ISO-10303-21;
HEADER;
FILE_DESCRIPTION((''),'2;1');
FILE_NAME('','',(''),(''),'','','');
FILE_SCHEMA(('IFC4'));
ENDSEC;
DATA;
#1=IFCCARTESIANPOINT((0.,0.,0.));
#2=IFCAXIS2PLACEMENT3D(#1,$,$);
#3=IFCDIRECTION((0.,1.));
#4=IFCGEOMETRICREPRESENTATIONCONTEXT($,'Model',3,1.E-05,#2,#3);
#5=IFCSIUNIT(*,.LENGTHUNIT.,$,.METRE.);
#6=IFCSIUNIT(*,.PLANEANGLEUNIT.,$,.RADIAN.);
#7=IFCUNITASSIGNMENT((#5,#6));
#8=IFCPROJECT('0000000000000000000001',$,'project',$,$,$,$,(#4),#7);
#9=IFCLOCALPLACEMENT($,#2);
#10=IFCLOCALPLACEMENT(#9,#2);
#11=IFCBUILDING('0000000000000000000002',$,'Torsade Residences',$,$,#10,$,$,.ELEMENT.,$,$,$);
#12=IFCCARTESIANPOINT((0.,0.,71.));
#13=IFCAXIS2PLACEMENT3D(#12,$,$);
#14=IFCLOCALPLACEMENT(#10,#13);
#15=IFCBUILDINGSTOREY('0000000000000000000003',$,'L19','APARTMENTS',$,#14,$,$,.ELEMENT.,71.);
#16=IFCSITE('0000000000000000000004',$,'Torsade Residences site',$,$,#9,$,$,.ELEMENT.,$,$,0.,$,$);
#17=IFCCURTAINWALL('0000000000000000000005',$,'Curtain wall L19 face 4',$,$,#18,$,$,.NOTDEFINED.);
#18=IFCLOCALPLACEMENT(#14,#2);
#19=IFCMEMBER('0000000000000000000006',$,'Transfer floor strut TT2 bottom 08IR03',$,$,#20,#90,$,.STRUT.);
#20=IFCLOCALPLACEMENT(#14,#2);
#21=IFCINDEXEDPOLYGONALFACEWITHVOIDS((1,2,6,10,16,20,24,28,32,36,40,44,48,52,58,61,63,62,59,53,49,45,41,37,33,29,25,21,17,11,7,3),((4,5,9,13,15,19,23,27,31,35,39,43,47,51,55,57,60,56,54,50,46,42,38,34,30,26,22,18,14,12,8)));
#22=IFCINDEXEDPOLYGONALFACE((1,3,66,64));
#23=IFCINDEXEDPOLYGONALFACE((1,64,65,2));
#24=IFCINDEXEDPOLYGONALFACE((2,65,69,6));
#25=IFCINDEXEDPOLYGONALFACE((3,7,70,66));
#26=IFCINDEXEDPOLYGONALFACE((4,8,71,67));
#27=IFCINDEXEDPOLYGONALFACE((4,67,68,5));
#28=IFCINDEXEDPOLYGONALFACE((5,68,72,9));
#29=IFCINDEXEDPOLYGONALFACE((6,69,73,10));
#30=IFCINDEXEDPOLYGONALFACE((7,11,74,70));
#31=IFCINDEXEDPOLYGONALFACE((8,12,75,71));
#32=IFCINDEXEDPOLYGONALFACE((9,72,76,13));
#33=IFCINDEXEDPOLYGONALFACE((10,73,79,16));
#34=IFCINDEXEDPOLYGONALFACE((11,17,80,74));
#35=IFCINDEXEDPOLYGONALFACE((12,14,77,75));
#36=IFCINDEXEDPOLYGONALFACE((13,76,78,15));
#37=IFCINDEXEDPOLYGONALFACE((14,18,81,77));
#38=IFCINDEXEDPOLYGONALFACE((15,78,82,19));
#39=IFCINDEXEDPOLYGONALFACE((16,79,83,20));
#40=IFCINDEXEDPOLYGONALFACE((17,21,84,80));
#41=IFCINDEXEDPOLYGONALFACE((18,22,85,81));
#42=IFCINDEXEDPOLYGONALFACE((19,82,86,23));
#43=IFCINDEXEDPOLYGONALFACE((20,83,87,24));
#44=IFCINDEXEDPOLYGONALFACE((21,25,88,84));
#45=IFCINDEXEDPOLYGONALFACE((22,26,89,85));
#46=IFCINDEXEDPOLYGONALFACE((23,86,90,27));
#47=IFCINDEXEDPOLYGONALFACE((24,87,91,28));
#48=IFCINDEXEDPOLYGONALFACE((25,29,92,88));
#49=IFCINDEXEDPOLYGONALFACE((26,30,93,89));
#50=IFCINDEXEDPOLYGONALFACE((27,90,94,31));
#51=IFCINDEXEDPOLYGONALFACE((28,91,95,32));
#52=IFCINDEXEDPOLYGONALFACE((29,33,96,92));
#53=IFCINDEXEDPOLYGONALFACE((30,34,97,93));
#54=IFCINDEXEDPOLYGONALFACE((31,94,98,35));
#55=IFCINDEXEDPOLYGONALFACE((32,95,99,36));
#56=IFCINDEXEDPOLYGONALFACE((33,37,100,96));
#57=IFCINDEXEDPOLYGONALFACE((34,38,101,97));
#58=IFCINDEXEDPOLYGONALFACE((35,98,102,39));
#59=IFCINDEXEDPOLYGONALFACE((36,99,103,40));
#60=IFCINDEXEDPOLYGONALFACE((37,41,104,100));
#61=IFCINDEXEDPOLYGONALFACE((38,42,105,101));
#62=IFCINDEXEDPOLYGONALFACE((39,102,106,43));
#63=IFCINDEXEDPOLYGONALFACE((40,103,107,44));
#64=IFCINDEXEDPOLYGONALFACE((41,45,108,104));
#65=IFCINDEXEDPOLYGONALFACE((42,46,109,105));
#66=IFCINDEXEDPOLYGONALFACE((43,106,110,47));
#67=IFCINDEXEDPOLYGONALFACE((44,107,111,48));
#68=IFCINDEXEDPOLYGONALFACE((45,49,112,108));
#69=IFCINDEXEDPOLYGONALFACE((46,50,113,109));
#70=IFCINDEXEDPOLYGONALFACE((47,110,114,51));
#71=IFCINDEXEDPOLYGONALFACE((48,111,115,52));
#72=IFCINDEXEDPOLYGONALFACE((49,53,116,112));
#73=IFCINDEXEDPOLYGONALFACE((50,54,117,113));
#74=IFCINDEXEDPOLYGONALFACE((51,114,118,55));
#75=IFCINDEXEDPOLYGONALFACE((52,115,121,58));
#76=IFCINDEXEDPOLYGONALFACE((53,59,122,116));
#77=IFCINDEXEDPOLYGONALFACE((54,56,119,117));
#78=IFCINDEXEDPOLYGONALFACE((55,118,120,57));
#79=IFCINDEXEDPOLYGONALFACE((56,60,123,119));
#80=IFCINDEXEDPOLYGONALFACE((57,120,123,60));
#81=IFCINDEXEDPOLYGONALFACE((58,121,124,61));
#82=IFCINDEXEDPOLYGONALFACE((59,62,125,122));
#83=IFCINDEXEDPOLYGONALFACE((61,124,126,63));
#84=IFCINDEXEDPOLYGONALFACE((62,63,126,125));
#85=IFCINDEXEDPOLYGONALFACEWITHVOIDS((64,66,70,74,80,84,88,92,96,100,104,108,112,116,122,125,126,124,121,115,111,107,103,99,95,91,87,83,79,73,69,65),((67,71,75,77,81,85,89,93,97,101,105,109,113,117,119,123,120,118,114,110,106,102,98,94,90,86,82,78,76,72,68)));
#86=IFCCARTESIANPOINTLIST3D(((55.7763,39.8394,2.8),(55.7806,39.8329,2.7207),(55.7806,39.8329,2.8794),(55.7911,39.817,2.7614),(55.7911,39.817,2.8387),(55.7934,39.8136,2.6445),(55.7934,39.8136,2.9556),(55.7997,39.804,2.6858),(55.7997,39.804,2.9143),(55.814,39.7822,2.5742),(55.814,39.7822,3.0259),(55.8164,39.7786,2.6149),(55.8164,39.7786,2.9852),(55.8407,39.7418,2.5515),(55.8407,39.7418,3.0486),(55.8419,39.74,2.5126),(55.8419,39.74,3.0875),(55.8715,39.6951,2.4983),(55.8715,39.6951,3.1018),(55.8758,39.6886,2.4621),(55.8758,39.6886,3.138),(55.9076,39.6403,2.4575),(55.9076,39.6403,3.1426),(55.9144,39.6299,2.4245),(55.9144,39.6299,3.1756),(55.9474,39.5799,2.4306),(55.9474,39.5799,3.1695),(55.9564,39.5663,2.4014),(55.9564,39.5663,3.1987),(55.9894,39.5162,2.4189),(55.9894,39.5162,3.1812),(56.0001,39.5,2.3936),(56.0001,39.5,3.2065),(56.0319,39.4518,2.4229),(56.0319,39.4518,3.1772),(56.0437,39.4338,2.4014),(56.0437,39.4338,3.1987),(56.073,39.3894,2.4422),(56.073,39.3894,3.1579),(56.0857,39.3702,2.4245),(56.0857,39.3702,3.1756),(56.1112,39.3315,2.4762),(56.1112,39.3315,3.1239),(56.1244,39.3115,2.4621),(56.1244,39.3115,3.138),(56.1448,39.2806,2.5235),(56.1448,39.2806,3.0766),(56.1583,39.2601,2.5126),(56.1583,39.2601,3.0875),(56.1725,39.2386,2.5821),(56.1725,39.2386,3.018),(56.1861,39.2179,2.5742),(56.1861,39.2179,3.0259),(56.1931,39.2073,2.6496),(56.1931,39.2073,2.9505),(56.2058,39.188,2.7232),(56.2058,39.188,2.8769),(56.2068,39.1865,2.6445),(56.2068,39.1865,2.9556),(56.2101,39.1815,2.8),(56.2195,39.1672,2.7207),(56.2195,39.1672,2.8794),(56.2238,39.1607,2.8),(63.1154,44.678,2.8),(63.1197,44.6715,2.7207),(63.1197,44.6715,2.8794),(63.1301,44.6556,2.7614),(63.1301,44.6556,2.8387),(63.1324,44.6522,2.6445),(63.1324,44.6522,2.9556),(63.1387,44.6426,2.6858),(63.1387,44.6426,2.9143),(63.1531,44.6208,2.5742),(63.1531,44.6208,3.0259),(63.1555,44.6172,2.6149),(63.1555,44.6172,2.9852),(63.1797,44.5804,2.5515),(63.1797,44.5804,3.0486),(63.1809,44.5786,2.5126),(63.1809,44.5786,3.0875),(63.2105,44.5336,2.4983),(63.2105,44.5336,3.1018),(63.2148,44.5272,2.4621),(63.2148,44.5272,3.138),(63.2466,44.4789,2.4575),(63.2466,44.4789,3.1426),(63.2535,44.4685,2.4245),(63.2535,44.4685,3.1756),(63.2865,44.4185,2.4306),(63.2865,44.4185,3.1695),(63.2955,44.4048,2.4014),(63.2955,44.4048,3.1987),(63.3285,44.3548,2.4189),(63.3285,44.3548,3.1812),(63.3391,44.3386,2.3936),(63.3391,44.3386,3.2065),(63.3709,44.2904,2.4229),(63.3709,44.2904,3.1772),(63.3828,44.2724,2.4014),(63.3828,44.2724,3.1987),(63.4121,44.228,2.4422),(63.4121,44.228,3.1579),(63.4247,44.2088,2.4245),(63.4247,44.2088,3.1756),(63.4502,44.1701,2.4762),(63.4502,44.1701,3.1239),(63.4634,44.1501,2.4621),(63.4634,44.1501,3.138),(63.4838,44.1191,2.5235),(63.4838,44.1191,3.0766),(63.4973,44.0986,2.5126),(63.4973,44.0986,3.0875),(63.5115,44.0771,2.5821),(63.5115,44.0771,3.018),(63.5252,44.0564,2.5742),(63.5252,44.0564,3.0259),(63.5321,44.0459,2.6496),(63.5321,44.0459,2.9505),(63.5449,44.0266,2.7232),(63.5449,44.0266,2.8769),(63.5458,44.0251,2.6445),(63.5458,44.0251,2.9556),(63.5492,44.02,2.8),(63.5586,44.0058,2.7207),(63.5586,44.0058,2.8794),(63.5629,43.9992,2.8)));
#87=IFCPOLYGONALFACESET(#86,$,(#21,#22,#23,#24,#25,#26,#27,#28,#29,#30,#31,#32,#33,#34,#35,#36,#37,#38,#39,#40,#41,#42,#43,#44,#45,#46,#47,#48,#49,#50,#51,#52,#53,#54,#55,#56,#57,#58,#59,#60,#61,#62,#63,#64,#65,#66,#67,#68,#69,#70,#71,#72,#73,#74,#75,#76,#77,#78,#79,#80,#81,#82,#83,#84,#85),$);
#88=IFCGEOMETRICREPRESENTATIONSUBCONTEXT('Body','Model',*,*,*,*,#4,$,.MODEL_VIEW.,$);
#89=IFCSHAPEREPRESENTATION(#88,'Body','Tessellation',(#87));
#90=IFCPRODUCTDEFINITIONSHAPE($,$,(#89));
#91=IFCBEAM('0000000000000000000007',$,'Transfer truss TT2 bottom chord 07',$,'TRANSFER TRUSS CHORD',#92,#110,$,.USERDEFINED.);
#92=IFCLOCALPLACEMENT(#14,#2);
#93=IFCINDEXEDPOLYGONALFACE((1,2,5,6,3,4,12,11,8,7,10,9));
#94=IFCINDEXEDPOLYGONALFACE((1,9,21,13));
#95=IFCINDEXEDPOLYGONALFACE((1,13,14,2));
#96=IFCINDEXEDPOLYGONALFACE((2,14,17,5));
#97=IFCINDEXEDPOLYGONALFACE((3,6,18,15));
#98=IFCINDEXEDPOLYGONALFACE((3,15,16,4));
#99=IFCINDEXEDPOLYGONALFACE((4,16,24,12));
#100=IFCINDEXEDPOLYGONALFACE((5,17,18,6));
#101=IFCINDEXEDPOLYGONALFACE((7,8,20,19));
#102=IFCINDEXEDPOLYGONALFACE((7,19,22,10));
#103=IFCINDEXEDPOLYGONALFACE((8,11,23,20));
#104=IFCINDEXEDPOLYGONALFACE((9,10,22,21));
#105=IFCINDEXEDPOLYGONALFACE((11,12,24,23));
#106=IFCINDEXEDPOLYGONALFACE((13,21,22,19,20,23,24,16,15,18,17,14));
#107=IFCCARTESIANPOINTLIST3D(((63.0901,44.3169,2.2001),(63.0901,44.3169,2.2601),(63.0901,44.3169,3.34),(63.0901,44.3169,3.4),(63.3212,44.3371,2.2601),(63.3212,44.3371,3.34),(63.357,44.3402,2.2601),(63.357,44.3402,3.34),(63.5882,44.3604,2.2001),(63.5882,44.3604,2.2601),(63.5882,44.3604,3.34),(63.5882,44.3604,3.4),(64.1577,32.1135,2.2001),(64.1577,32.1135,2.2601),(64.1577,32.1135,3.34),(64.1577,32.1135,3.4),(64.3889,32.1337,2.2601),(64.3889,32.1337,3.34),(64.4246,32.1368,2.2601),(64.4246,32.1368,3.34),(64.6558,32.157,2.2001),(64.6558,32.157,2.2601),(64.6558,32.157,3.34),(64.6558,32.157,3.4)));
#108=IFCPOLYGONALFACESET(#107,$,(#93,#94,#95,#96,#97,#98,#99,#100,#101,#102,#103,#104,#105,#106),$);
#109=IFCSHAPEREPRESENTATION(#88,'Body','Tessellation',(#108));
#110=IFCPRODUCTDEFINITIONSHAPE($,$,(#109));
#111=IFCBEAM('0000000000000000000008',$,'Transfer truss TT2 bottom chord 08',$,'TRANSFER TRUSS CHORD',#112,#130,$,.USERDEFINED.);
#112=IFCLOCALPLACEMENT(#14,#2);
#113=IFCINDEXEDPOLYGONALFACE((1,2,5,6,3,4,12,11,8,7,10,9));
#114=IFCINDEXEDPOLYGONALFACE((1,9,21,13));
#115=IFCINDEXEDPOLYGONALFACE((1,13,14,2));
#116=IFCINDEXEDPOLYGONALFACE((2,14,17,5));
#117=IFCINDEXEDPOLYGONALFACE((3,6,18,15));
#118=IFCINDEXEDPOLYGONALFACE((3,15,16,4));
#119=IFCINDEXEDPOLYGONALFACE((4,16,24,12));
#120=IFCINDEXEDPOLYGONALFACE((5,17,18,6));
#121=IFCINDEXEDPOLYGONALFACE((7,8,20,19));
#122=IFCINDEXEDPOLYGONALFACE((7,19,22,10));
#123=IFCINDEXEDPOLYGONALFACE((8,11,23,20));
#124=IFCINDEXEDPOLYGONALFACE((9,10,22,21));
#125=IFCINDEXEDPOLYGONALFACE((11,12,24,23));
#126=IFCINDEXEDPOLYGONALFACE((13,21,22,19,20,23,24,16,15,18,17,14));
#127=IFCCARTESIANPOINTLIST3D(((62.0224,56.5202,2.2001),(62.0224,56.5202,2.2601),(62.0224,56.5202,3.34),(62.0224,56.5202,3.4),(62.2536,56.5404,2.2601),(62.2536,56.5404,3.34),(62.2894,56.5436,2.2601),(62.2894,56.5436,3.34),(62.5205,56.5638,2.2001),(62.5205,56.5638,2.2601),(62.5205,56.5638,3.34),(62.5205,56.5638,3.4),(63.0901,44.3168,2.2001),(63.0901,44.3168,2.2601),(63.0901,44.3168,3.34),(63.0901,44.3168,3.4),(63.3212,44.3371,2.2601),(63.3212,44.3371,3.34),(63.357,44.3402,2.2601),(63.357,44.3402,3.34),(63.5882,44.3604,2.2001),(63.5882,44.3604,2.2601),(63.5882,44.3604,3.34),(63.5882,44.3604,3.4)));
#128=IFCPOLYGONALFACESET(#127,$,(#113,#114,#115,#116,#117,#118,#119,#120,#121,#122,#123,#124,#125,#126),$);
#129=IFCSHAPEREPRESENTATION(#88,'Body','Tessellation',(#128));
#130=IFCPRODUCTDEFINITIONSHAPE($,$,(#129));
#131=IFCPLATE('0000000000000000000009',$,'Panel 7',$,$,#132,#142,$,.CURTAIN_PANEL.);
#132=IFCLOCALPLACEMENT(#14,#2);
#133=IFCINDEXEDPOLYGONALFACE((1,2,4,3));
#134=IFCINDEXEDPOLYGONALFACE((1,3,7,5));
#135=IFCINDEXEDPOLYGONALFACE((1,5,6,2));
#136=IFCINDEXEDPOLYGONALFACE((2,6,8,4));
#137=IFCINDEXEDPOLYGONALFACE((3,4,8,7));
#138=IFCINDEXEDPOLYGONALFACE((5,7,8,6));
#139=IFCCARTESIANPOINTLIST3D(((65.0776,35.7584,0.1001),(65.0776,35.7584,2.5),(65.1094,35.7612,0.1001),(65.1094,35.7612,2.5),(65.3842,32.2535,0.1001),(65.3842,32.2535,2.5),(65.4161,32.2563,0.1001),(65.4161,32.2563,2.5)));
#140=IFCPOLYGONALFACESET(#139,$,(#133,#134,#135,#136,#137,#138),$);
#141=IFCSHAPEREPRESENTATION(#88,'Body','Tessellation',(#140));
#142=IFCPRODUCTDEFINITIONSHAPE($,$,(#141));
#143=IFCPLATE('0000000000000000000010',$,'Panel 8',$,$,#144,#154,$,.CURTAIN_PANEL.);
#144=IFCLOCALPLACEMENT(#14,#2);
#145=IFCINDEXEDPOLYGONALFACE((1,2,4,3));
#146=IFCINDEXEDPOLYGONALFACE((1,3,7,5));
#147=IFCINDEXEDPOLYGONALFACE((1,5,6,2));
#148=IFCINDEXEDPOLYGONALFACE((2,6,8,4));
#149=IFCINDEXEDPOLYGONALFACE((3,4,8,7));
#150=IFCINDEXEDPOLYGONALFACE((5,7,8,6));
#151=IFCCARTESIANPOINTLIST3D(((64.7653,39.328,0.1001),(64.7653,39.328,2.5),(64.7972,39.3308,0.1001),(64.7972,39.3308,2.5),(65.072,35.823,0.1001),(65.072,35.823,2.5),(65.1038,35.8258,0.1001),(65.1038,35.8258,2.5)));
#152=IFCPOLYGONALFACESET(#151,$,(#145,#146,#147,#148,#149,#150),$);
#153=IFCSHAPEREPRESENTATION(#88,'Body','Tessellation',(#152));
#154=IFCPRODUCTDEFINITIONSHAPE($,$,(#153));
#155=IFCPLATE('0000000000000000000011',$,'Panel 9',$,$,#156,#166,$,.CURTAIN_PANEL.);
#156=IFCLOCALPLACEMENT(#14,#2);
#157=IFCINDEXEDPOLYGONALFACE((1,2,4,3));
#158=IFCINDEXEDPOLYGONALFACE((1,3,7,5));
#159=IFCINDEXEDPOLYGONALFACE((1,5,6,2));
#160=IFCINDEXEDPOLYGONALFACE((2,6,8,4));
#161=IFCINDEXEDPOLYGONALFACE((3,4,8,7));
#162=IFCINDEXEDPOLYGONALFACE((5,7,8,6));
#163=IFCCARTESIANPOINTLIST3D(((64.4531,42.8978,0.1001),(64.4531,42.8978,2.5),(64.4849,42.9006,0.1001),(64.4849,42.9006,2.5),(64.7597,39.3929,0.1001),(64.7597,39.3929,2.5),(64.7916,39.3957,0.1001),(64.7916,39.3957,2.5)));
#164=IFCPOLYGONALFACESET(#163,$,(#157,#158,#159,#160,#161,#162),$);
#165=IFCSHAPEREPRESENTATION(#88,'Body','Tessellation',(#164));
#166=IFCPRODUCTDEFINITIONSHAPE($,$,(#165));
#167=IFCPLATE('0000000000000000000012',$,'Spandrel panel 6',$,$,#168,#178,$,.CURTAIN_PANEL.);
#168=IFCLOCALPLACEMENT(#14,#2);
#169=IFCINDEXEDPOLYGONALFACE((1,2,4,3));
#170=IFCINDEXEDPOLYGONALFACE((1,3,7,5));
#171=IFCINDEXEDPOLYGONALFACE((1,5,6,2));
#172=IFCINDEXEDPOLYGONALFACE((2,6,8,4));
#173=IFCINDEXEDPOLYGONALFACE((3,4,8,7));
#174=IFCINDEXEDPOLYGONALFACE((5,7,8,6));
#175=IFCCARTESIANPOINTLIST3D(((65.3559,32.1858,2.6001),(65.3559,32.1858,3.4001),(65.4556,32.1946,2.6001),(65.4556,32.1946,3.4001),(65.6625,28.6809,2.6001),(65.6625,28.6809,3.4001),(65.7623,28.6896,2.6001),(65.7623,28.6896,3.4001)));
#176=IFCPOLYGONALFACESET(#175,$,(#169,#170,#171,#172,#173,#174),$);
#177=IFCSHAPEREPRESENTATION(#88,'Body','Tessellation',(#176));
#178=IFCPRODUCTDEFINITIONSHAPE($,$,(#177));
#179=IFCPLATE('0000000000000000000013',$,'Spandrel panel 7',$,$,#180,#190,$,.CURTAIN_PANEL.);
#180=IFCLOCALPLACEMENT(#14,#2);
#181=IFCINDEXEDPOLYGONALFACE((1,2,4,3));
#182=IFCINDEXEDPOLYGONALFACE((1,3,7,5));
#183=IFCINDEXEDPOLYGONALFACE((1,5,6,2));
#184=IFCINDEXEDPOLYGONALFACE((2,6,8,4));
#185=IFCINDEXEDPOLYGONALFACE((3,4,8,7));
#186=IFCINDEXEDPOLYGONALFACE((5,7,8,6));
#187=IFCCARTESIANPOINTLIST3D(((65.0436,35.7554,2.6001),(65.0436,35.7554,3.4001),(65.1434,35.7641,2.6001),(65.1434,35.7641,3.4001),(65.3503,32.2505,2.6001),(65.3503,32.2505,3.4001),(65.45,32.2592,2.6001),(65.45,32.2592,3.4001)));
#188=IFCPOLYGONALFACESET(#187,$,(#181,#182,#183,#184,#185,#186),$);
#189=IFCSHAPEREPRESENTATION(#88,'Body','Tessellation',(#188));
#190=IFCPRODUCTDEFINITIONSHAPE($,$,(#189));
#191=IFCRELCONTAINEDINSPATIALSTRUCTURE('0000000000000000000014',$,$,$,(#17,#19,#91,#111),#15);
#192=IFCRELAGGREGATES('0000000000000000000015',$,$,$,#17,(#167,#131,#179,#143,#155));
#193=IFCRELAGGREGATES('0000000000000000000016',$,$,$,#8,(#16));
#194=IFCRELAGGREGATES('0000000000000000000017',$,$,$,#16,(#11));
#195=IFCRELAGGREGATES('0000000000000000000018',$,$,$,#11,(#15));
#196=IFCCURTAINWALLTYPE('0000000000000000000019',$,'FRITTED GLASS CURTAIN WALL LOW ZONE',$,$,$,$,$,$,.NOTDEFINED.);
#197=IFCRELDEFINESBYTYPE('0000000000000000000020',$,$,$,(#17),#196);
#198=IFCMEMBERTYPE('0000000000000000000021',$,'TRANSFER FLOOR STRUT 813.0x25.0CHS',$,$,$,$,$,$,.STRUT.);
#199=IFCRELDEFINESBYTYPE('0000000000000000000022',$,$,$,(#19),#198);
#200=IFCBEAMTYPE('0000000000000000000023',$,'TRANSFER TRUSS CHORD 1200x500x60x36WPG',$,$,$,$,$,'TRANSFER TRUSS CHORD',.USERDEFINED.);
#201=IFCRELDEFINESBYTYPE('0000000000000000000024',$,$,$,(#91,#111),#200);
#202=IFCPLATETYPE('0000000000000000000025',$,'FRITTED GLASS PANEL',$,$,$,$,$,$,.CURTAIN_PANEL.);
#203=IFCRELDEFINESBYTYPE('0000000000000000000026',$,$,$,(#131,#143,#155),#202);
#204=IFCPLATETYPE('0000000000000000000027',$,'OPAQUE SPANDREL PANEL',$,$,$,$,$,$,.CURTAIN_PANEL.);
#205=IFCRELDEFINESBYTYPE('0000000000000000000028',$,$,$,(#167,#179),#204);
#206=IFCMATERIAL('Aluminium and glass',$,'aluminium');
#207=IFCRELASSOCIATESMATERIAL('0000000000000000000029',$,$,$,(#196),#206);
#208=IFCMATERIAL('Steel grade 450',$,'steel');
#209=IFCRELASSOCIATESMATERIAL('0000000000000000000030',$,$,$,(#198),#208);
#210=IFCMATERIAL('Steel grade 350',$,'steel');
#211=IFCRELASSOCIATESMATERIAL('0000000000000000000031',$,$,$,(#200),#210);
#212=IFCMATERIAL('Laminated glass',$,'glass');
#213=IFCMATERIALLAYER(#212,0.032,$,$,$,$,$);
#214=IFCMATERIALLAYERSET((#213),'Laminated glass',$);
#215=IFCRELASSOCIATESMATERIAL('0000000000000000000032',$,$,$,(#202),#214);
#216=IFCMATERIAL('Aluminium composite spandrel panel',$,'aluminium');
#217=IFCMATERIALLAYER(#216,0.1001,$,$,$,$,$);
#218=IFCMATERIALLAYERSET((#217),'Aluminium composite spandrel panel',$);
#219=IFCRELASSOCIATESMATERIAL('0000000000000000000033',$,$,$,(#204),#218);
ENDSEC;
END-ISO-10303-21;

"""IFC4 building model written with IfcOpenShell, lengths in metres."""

from ifc_helpers import new_model, si_unit, direction, frame, origin, origin_2d, place, context, subcontext, project, spatial, rectangle, hollow_circle, i_section, extrude, material, layer, layer_set, material_profile, profile_set, type_object, element, aggregate, save


model = new_model("IFC4")

# Units and contexts
model_context = context("Model", 3, precision=1e-05, world=origin(), true_north=direction((0.0, 1.0)))
body_context = subcontext(model_context, "Body", "Model", "MODEL_VIEW")
ifc_project = project(units=[si_unit("LENGTHUNIT", "METRE"), si_unit("PLANEANGLEUNIT", "RADIAN")], contexts=[model_context])

# Site, building, storey
site_placement = place(None, origin())
site = spatial("IfcSite", under=ifc_project, at=site_placement, Name="Torsade Residences site", CompositionType="ELEMENT", RefElevation=0.0)
building_placement = place(site_placement, origin())
building = spatial("IfcBuilding", under=site, at=building_placement, Name="Torsade Residences", CompositionType="ELEMENT")
storey_placement = place(building_placement, frame((0.0, 0.0, 71.0)))
storey = spatial("IfcBuildingStorey", under=building, at=storey_placement, Name="L19", Description="APARTMENTS", CompositionType="ELEMENT", Elevation=71.0)

# Curtain wall
ifc_material_1 = material(Name="Aluminium and glass", Category="aluminium")
curtain_wall_type = type_object("IfcCurtainWallType", Name="FRITTED GLASS CURTAIN WALL LOW ZONE", PredefinedType="NOTDEFINED", material=ifc_material_1)
curtain_wall_placement = place(storey_placement, origin())
curtain_wall = element("IfcCurtainWall", 1, at=curtain_wall_placement, inside=storey, type_object=curtain_wall_type, Name="Curtain wall L19 face 4", PredefinedType="NOTDEFINED")

# Member
ifc_material_2 = material(Name="Steel grade 450", Category="steel")
ifc_material_profile_1 = material_profile(ifc_material_2, hollow_circle(Radius=0.4065, WallThickness=0.0249, at=origin_2d()), Name="813.0x25.0CHS")
ifc_profile_set_1 = profile_set([ifc_material_profile_1], Name="Steel grade 450")
member_type_1 = type_object("IfcMemberType", Name="TRANSFER FLOOR STRUT 813.0x25.0CHS", PredefinedType="STRUT", material=ifc_profile_set_1)
member_1_placement = place(storey_placement, frame((63.3391, 44.3386, 2.8), z_axis=(-0.834881, -0.550431, 0.0), x_axis=(0.550431, -0.834881, 0.0)))
element("IfcMember", 2, at=member_1_placement, inside=storey, type_object=member_type_1, Name="Transfer floor strut TT2 bottom 08IR03", PredefinedType="STRUT", context=body_context, shape_type="SweptSolid", body=[
    extrude(hollow_circle(Radius=0.4065, WallThickness=0.0249, at=origin_2d()), origin(), (0.0, 0.0, 1.0), 8.7905),
])

# Beams
ifc_material_3 = material(Name="Steel grade 350", Category="steel")
ifc_material_profile_2 = material_profile(ifc_material_3, i_section(OverallWidth=0.5, OverallDepth=1.2, WebThickness=0.0359, FlangeThickness=0.0601, at=origin_2d()), Name="1200x500x60x36WPG")
ifc_profile_set_2 = profile_set([ifc_material_profile_2], Name="Steel grade 350")
beam_type_1 = type_object("IfcBeamType", Name="TRANSFER TRUSS CHORD 1200x500x60x36WPG", ElementType="TRANSFER TRUSS CHORD", PredefinedType="USERDEFINED", material=ifc_profile_set_2)
for number, where, z_axis, x_axis, name in (
    (3, (64.4067, 32.1353, 2.8), (-0.087153, 0.996195, 0.0), (-0.996195, -0.087153, 0.0), "Transfer truss TT2 bottom chord 07"),
    (4, (63.3391, 44.3386, 2.8), (-0.087153, 0.996195, 0.0), (-0.996195, -0.087153, 0.0), "Transfer truss TT2 bottom chord 08"),
):
    element("IfcBeam", number, at=place(storey_placement, frame(where, z_axis=z_axis, x_axis=x_axis)), inside=storey, type_object=beam_type_1, Name=name, ObjectType="TRANSFER TRUSS CHORD", PredefinedType="USERDEFINED", context=body_context, shape_type="SweptSolid", body=[
        extrude(i_section(OverallWidth=0.5, OverallDepth=1.2, WebThickness=0.0359, FlangeThickness=0.0601, at=origin_2d()), origin(), (0.0, 0.0, 1.0), 12.25),
    ])

# Plates
ifc_material_4 = material(Name="Laminated glass", Category="glass")
ifc_layer_1 = layer(ifc_material_4, 0.032)
ifc_layer_set_1 = layer_set([ifc_layer_1], Name="Laminated glass")
plate_type_1 = type_object("IfcPlateType", Name="FRITTED GLASS PANEL", PredefinedType="CURTAIN_PANEL", material=ifc_layer_set_1)
plate_1_placement = place(storey_placement, frame((65.2468, 34.0073, 0.1001), z_axis=(0.0, 0.0, 1.0), x_axis=(-0.087156, 0.996195, 0.0)))
plate_1 = element("IfcPlate", 5, at=plate_1_placement, type_object=plate_type_1, Name="Panel 7", PredefinedType="CURTAIN_PANEL", context=body_context, shape_type="SweptSolid", body=[
    extrude(rectangle(XDim=3.5183, YDim=0.032, at=origin_2d()), origin(), (0.0, 0.0, 1.0), 2.3999),
])
plate_2_placement = place(storey_placement, frame((64.9346, 37.5769, 0.1001), z_axis=(0.0, 0.0, 1.0), x_axis=(-0.087156, 0.996195, 0.0)))
plate_2 = element("IfcPlate", 6, at=plate_2_placement, type_object=plate_type_1, Name="Panel 8", PredefinedType="CURTAIN_PANEL", context=body_context, shape_type="SweptSolid", body=[
    extrude(rectangle(XDim=3.5183, YDim=0.032, at=origin_2d()), origin(), (0.0, 0.0, 1.0), 2.3999),
])
plate_3_placement = place(storey_placement, frame((64.6223, 41.1467, 0.1001), z_axis=(0.0, 0.0, 1.0), x_axis=(-0.087156, 0.996195, 0.0)))
plate_3 = element("IfcPlate", 7, at=plate_3_placement, type_object=plate_type_1, Name="Panel 9", PredefinedType="CURTAIN_PANEL", context=body_context, shape_type="SweptSolid", body=[
    extrude(rectangle(XDim=3.5183, YDim=0.032, at=origin_2d()), origin(), (0.0, 0.0, 1.0), 2.3999),
])
ifc_material_5 = material(Name="Aluminium composite spandrel panel", Category="aluminium")
ifc_layer_2 = layer(ifc_material_5, 0.1001)
ifc_layer_set_2 = layer_set([ifc_layer_2], Name="Aluminium composite spandrel panel")
plate_type_2 = type_object("IfcPlateType", Name="OPAQUE SPANDREL PANEL", PredefinedType="CURTAIN_PANEL", material=ifc_layer_set_2)
plate_4_placement = place(storey_placement, frame((65.5591, 30.4377, 2.6001), z_axis=(0.0, 0.0, 1.0), x_axis=(-0.087156, 0.996195, 0.0)))
plate_4 = element("IfcPlate", 8, at=plate_4_placement, type_object=plate_type_2, Name="Spandrel panel 6", PredefinedType="CURTAIN_PANEL", context=body_context, shape_type="SweptSolid", body=[
    extrude(rectangle(XDim=3.5183, YDim=0.1001, at=origin_2d()), origin(), (0.0, 0.0, 1.0), 0.8),
])
plate_5_placement = place(storey_placement, frame((65.2468, 34.0073, 2.6001), z_axis=(0.0, 0.0, 1.0), x_axis=(-0.087156, 0.996195, 0.0)))
plate_5 = element("IfcPlate", 9, at=plate_5_placement, type_object=plate_type_2, Name="Spandrel panel 7", PredefinedType="CURTAIN_PANEL", context=body_context, shape_type="SweptSolid", body=[
    extrude(rectangle(XDim=3.5183, YDim=0.1001, at=origin_2d()), origin(), (0.0, 0.0, 1.0), 0.8),
])
aggregate(curtain_wall, [plate_4, plate_1, plate_5, plate_2, plate_3])

save(model, "model.ifc")
